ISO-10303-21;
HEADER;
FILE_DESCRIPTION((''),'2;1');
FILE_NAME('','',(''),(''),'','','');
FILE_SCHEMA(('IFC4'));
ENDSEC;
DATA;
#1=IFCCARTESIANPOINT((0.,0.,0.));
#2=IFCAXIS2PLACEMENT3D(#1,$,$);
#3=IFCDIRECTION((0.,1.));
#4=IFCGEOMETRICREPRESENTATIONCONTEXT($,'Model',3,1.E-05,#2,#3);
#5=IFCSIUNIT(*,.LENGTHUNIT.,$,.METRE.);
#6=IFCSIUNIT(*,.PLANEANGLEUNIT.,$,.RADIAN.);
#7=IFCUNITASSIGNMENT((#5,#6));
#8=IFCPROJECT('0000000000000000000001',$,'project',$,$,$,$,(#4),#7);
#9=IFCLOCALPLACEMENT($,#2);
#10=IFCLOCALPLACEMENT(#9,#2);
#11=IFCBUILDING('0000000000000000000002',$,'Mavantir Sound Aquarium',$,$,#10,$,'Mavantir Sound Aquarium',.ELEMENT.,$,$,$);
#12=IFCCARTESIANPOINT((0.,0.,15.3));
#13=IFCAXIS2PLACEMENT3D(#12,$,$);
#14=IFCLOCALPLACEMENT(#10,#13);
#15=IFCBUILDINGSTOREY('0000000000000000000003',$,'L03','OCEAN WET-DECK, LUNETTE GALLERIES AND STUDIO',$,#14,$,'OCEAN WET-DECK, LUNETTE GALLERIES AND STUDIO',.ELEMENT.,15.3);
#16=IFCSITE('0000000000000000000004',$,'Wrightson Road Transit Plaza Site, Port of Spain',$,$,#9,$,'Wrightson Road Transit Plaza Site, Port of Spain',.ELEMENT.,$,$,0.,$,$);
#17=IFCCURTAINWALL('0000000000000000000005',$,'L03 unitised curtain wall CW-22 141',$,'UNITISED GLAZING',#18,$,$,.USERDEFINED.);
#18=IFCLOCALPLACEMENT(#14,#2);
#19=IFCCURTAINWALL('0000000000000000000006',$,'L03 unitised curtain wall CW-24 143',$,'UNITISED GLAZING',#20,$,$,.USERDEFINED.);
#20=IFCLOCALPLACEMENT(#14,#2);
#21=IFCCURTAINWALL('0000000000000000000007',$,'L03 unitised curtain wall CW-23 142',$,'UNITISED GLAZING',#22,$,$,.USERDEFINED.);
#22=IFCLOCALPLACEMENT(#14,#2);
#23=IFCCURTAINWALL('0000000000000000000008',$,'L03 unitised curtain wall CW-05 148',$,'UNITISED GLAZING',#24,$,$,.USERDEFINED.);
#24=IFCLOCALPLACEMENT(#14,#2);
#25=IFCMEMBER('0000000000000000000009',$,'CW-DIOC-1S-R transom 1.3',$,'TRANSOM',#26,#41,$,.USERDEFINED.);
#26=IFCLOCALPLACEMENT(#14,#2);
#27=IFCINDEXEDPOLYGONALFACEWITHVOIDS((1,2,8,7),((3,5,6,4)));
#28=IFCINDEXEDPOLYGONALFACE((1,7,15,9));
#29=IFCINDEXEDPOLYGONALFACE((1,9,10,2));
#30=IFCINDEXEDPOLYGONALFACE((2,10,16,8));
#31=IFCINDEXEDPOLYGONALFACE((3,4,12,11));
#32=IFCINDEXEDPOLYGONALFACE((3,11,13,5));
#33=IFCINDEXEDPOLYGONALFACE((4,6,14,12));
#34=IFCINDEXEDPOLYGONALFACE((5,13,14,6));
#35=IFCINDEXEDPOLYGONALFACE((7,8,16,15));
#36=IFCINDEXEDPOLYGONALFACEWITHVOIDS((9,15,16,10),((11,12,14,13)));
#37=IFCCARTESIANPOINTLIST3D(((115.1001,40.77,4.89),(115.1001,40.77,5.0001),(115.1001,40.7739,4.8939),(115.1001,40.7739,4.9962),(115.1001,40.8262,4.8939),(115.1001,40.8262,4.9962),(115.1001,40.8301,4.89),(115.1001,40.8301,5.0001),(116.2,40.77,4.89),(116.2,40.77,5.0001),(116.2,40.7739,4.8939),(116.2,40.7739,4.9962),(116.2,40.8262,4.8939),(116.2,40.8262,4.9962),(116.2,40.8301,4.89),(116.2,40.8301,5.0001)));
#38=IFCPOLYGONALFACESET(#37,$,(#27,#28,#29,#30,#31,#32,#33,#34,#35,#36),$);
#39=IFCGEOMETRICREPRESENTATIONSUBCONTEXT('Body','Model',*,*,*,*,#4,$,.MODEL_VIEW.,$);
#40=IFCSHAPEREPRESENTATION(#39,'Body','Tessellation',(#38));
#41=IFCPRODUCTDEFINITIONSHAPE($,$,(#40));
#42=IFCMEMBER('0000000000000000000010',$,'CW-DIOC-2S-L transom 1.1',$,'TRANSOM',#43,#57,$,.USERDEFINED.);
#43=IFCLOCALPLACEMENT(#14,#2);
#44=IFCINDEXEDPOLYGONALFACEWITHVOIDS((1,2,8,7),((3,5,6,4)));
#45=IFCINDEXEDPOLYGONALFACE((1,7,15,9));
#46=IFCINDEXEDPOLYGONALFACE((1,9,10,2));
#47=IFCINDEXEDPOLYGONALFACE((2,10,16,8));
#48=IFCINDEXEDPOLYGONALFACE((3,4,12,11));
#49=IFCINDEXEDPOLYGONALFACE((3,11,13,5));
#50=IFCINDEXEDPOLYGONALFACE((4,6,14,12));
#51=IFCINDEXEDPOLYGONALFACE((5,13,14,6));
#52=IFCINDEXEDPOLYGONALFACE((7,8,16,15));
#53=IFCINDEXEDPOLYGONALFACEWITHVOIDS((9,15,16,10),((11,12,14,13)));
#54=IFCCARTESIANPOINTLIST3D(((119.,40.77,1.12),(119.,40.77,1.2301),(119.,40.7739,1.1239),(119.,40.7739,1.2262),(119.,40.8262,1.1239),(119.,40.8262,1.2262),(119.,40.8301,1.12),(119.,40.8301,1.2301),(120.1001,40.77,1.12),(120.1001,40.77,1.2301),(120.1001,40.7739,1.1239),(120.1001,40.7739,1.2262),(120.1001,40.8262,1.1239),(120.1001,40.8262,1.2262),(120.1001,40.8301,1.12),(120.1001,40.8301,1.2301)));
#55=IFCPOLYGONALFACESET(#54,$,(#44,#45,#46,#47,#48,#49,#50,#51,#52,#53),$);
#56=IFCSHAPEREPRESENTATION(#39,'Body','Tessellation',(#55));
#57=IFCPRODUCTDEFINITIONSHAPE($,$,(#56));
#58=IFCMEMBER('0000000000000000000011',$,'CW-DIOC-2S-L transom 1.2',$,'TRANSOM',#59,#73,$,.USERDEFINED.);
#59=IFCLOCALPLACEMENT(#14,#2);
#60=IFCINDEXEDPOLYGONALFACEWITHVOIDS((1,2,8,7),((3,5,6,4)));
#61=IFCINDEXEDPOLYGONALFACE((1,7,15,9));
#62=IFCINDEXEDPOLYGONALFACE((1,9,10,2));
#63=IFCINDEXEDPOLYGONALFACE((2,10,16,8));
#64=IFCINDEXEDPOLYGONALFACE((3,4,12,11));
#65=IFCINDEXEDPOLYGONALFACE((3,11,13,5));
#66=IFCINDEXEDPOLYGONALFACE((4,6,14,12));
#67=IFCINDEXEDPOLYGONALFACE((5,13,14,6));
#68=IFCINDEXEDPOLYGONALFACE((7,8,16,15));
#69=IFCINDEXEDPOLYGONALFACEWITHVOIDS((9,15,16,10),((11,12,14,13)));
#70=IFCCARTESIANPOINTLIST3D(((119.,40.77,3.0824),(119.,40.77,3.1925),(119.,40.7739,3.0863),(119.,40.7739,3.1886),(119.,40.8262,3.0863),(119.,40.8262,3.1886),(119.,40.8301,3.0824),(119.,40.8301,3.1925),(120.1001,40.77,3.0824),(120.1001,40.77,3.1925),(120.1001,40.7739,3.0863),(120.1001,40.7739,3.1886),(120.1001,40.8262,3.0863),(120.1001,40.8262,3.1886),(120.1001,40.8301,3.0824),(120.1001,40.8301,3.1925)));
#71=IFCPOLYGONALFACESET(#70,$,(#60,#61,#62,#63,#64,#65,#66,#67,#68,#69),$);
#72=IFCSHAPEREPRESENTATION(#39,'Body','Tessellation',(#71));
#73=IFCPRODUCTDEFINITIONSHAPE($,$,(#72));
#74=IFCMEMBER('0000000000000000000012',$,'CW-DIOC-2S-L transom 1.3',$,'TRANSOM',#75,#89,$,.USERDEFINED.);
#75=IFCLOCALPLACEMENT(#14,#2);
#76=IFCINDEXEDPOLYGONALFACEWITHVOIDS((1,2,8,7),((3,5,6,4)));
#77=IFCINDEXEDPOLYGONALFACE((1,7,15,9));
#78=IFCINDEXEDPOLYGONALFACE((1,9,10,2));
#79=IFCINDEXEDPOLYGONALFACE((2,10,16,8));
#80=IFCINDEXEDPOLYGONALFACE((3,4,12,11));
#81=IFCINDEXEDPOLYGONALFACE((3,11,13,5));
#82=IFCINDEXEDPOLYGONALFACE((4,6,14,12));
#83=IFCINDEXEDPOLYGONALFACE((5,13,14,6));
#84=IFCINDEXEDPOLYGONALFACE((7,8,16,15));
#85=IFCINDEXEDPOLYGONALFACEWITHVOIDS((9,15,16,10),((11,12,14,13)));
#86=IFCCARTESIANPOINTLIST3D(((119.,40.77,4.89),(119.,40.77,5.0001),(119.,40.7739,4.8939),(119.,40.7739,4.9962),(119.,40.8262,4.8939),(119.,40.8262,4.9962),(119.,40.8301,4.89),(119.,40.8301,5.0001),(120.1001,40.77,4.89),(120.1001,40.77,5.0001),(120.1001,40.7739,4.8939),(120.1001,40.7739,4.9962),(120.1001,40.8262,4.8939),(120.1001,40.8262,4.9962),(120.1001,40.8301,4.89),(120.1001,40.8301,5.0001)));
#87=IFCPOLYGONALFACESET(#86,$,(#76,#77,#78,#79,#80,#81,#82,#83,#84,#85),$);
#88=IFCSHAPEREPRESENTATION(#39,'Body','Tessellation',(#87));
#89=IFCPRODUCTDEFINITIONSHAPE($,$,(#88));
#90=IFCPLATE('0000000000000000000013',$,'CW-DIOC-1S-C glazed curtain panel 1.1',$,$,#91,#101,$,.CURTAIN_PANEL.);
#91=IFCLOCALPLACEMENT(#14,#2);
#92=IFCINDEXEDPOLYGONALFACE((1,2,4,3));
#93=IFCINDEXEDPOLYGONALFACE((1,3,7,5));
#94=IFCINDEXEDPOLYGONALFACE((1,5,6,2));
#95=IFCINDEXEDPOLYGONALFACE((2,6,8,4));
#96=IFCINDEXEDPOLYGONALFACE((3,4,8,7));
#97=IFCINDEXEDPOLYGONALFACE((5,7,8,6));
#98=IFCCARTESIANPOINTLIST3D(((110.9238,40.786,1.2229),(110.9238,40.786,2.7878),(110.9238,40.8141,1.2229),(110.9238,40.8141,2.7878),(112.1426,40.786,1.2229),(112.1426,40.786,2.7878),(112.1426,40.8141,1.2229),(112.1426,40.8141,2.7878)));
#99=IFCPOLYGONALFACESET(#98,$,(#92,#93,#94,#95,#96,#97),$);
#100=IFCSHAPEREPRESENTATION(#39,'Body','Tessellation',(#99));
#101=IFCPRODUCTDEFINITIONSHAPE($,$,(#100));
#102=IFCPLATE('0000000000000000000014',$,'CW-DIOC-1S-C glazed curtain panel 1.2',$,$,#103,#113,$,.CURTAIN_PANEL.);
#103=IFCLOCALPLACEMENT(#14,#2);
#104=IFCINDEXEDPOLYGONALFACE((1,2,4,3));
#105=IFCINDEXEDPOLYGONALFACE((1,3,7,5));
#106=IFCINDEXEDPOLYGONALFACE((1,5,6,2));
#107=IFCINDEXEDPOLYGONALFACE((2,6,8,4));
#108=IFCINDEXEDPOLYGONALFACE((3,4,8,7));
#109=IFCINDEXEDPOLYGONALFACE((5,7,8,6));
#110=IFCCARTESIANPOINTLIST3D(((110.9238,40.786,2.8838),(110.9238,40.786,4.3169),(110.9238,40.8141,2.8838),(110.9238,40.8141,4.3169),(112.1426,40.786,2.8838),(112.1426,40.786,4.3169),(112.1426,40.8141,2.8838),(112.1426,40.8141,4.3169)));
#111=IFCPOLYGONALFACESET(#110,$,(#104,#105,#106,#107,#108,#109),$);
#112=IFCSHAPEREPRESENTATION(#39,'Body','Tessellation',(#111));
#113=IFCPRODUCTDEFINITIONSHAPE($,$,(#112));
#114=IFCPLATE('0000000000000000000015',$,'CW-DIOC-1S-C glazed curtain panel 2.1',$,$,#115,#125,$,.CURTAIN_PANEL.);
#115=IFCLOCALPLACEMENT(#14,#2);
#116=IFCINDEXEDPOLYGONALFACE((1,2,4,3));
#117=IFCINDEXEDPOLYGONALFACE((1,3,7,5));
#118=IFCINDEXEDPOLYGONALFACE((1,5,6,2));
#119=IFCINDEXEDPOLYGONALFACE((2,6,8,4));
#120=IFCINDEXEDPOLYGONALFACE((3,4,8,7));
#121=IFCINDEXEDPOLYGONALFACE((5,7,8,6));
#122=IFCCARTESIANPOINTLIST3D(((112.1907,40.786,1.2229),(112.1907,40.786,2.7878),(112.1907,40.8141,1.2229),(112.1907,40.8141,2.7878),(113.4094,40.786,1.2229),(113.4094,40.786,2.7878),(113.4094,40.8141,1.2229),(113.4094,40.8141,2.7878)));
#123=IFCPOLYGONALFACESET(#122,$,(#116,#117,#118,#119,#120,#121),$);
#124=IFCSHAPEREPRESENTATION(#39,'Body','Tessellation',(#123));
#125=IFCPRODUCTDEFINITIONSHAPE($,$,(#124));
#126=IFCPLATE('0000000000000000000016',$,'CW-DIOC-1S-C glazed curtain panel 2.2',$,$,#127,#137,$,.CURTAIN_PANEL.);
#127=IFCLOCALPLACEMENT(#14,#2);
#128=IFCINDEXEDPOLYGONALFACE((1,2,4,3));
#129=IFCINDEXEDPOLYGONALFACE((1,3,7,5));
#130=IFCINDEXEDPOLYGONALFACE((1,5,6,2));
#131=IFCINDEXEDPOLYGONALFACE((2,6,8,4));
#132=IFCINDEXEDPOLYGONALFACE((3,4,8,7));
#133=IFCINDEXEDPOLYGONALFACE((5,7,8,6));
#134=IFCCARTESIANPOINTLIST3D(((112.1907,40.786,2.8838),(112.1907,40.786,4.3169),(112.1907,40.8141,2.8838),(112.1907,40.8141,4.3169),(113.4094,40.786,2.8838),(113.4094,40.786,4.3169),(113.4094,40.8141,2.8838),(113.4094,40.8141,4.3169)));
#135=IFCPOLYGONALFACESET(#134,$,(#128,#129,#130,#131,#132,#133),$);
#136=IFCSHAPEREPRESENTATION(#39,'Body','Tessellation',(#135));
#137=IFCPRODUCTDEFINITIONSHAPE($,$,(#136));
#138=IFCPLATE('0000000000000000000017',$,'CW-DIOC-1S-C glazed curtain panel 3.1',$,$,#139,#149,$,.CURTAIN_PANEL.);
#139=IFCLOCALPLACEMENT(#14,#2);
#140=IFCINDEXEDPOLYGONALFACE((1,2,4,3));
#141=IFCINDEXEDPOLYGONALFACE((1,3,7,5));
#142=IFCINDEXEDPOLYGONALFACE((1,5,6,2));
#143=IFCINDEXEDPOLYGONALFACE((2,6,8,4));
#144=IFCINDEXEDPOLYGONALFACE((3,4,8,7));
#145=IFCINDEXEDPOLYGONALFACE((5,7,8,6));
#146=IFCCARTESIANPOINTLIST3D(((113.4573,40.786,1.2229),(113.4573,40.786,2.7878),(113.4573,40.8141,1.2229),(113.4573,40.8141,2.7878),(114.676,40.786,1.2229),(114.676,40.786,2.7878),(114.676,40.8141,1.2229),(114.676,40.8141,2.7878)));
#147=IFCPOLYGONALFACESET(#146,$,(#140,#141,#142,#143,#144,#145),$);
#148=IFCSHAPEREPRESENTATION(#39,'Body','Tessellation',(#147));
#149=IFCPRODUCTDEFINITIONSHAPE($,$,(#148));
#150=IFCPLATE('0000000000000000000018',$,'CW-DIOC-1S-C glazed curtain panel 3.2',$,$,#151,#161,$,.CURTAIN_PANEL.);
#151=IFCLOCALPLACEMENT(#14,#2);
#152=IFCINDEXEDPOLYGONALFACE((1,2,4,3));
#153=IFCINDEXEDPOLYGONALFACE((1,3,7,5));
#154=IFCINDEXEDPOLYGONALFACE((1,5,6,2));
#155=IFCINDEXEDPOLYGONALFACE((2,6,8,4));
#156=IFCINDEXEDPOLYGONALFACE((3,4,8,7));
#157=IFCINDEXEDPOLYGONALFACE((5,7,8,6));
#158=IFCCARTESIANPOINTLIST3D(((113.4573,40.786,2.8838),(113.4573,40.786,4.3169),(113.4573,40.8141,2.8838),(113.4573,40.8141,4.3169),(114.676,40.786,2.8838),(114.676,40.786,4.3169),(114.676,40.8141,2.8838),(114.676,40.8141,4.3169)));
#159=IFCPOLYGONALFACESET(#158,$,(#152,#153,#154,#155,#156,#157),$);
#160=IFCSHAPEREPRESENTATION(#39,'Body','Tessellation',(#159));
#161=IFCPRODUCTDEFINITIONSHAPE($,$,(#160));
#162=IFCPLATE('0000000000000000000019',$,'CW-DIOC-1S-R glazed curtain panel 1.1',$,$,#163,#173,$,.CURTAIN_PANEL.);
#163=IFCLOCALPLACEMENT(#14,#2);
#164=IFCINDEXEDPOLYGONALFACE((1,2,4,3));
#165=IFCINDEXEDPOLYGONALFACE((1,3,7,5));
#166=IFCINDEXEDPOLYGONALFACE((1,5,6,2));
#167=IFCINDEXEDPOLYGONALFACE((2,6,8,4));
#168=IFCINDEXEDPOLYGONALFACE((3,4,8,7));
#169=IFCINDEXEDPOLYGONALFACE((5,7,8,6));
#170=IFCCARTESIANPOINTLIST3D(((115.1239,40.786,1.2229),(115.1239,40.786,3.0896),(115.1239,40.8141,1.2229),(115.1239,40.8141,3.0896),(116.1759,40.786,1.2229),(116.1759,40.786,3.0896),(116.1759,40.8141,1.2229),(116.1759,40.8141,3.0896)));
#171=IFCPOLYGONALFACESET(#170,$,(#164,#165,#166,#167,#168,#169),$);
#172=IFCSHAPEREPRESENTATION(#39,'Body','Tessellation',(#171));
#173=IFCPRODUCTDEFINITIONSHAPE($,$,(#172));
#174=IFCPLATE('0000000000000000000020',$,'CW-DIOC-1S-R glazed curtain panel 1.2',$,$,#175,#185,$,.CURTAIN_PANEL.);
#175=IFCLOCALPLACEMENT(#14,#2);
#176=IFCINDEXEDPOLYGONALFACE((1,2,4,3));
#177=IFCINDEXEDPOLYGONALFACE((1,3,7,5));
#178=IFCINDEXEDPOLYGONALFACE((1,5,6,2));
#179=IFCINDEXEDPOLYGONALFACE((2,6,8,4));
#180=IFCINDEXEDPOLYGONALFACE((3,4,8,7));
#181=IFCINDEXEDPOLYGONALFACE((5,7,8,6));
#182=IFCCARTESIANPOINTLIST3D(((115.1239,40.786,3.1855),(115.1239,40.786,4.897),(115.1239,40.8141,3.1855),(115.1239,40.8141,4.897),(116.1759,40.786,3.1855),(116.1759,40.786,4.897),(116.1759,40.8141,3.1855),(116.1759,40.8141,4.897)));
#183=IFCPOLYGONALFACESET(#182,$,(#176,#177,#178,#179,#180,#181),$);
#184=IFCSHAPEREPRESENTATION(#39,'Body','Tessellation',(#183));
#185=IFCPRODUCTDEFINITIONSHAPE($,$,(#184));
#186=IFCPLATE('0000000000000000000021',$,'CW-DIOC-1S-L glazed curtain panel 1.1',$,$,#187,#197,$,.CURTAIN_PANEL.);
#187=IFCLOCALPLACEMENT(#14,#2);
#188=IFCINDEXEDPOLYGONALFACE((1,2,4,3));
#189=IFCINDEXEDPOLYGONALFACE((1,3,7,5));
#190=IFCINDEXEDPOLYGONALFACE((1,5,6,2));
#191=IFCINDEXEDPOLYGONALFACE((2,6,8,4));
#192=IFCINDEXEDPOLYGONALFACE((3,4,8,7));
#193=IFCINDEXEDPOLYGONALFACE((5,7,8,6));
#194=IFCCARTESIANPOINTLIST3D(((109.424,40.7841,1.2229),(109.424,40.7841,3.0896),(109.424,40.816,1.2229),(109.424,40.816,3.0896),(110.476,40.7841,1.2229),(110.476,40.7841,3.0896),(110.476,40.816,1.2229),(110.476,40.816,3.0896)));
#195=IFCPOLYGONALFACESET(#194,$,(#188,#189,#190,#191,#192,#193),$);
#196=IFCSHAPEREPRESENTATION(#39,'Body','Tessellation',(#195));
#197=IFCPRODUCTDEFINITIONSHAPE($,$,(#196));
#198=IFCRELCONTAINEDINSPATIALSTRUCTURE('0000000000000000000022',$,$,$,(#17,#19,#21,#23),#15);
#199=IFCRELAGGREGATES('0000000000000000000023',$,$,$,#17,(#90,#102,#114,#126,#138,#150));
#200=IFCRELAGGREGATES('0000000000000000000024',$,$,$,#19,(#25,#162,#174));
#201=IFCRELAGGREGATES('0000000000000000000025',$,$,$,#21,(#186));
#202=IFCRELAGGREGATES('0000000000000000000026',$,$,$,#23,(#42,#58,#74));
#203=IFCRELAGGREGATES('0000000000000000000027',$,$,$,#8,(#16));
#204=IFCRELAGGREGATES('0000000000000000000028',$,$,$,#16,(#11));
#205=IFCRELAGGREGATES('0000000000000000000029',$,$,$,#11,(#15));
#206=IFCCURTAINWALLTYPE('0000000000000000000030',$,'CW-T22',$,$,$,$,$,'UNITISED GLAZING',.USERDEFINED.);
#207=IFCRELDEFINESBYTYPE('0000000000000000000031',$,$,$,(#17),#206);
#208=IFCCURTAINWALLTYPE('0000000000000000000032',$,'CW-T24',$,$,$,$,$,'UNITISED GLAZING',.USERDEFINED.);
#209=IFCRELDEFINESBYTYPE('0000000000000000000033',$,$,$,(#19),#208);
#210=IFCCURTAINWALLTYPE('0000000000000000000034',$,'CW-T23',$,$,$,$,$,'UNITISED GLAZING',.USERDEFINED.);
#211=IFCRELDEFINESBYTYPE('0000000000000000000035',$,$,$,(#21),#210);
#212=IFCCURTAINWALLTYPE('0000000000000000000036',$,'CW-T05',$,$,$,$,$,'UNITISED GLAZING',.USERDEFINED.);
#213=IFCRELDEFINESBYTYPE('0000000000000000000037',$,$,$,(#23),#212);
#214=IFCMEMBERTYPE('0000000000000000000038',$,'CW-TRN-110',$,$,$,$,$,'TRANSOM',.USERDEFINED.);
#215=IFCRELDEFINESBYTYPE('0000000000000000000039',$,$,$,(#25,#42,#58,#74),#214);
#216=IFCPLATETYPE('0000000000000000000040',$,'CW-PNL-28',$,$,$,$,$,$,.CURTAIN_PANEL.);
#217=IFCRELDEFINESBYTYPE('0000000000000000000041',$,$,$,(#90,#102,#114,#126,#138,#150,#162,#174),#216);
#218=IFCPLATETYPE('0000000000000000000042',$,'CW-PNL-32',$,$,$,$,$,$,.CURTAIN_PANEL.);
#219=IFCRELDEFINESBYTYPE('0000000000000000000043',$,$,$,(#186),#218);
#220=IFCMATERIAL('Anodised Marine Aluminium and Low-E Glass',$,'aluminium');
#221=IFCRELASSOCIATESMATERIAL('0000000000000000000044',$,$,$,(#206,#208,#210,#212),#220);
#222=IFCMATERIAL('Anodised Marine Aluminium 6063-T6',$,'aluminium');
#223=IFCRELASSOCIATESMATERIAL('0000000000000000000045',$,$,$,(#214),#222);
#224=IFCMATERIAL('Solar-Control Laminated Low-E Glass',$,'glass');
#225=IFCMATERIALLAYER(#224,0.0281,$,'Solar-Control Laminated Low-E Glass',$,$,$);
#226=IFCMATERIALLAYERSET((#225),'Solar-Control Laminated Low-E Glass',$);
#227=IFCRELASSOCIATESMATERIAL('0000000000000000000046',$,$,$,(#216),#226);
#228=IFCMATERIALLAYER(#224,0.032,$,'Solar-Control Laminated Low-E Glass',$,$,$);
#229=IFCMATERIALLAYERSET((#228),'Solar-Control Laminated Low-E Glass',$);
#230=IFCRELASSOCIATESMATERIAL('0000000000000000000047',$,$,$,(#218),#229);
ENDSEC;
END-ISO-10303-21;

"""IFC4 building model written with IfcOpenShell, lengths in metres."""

from ifc_helpers import new_model, si_unit, direction, frame, origin, origin_2d, place, context, subcontext, project, spatial, rectangle, hollow_rectangle, extrude, material, layer, layer_set, material_profile, profile_set, type_object, element, aggregate, save


model = new_model("IFC4")

# Units and contexts
model_context = context("Model", 3, precision=1e-05, world=origin(), true_north=direction((0.0, 1.0)))
body_context = subcontext(model_context, "Body", "Model", "MODEL_VIEW")
ifc_project = project(units=[si_unit("LENGTHUNIT", "METRE"), si_unit("PLANEANGLEUNIT", "RADIAN")], contexts=[model_context])

# Site, building, storey
site_placement = place(None, origin())
site = spatial("IfcSite", under=ifc_project, at=site_placement, Name="Wrightson Road Transit Plaza Site, Port of Spain", LongName="Wrightson Road Transit Plaza Site, Port of Spain", CompositionType="ELEMENT", RefElevation=0.0)
building_placement = place(site_placement, origin())
building = spatial("IfcBuilding", under=site, at=building_placement, Name="Mavantir Sound Aquarium", LongName="Mavantir Sound Aquarium", CompositionType="ELEMENT")
storey_placement = place(building_placement, frame((0.0, 0.0, 15.3)))
storey = spatial("IfcBuildingStorey", under=building, at=storey_placement, Name="L03", Description="OCEAN WET-DECK, LUNETTE GALLERIES AND STUDIO", LongName="OCEAN WET-DECK, LUNETTE GALLERIES AND STUDIO", CompositionType="ELEMENT", Elevation=15.3)

# Curtain walls
ifc_material_1 = material(Name="Anodised Marine Aluminium and Low-E Glass", Category="aluminium")
curtain_wall_type_1 = type_object("IfcCurtainWallType", Name="CW-T22", ElementType="UNITISED GLAZING", PredefinedType="USERDEFINED", material=ifc_material_1)
curtain_wall_1_placement = place(storey_placement, origin())
curtain_wall_1 = element("IfcCurtainWall", 1, at=curtain_wall_1_placement, inside=storey, type_object=curtain_wall_type_1, Name="L03 unitised curtain wall CW-22 141", ObjectType="UNITISED GLAZING", PredefinedType="USERDEFINED")
ifc_material_2 = material(Name="Anodised Marine Aluminium 6063-T6", Category="aluminium")
curtain_wall_type_2 = type_object("IfcCurtainWallType", Name="CW-T24", ElementType="UNITISED GLAZING", PredefinedType="USERDEFINED", material=ifc_material_1)
curtain_wall_2_placement = place(storey_placement, origin())
curtain_wall_2 = element("IfcCurtainWall", 2, at=curtain_wall_2_placement, inside=storey, type_object=curtain_wall_type_2, Name="L03 unitised curtain wall CW-24 143", ObjectType="UNITISED GLAZING", PredefinedType="USERDEFINED")

# Curtain wall
curtain_wall_type_3 = type_object("IfcCurtainWallType", Name="CW-T23", ElementType="UNITISED GLAZING", PredefinedType="USERDEFINED", material=ifc_material_1)
curtain_wall_3_placement = place(storey_placement, origin())
curtain_wall_3 = element("IfcCurtainWall", 3, at=curtain_wall_3_placement, inside=storey, type_object=curtain_wall_type_3, Name="L03 unitised curtain wall CW-23 142", ObjectType="UNITISED GLAZING", PredefinedType="USERDEFINED")

# Curtain wall
curtain_wall_type_4 = type_object("IfcCurtainWallType", Name="CW-T05", ElementType="UNITISED GLAZING", PredefinedType="USERDEFINED", material=ifc_material_1)
curtain_wall_4_placement = place(storey_placement, origin())
curtain_wall_4 = element("IfcCurtainWall", 4, at=curtain_wall_4_placement, inside=storey, type_object=curtain_wall_type_4, Name="L03 unitised curtain wall CW-05 148", ObjectType="UNITISED GLAZING", PredefinedType="USERDEFINED")

# Members
ifc_material_profile_1 = material_profile(ifc_material_2, hollow_rectangle(XDim=0.0601, YDim=0.1101, WallThickness=0.0039, at=origin_2d()), Name="ALU-TRANSOM-110X60")
ifc_profile_set_1 = profile_set([ifc_material_profile_1], Name="Anodised Marine Aluminium 6063-T6")
member_type_1 = type_object("IfcMemberType", Name="CW-TRN-110", ElementType="TRANSOM", PredefinedType="USERDEFINED", material=ifc_profile_set_1)
member_1_placement = place(storey_placement, frame((115.1001, 40.8, 4.9451), z_axis=(1.0, 0.0, 0.0), x_axis=(0.0, 1.0, 0.0)))
member_1 = element("IfcMember", 5, at=member_1_placement, type_object=member_type_1, Name="CW-DIOC-1S-R transom 1.3", ObjectType="TRANSOM", PredefinedType="USERDEFINED", context=body_context, shape_type="SweptSolid", body=[
    extrude(hollow_rectangle(XDim=0.0601, YDim=0.1101, WallThickness=0.0039, at=origin_2d()), origin(), (0.0, 0.0, 1.0), 1.0999),
])
member_2_placement = place(storey_placement, frame((119.0, 40.8, 1.175), z_axis=(1.0, 0.0, 0.0), x_axis=(0.0, 1.0, 0.0)))
member_2 = element("IfcMember", 6, at=member_2_placement, type_object=member_type_1, Name="CW-DIOC-2S-L transom 1.1", ObjectType="TRANSOM", PredefinedType="USERDEFINED", context=body_context, shape_type="SweptSolid", body=[
    extrude(hollow_rectangle(XDim=0.0601, YDim=0.1101, WallThickness=0.0039, at=origin_2d()), origin(), (0.0, 0.0, 1.0), 1.1001),
])
member_3_placement = place(storey_placement, frame((119.0, 40.8, 3.1375), z_axis=(1.0, 0.0, 0.0), x_axis=(0.0, 1.0, 0.0)))
member_3 = element("IfcMember", 7, at=member_3_placement, type_object=member_type_1, Name="CW-DIOC-2S-L transom 1.2", ObjectType="TRANSOM", PredefinedType="USERDEFINED", context=body_context, shape_type="SweptSolid", body=[
    extrude(hollow_rectangle(XDim=0.0601, YDim=0.1101, WallThickness=0.0039, at=origin_2d()), origin(), (0.0, 0.0, 1.0), 1.1001),
])
member_4_placement = place(storey_placement, frame((119.0, 40.8, 4.9451), z_axis=(1.0, 0.0, 0.0), x_axis=(0.0, 1.0, 0.0)))
member_4 = element("IfcMember", 8, at=member_4_placement, type_object=member_type_1, Name="CW-DIOC-2S-L transom 1.3", ObjectType="TRANSOM", PredefinedType="USERDEFINED", context=body_context, shape_type="SweptSolid", body=[
    extrude(hollow_rectangle(XDim=0.0601, YDim=0.1101, WallThickness=0.0039, at=origin_2d()), origin(), (0.0, 0.0, 1.0), 1.1001),
])

# Plates
ifc_material_3 = material(Name="Solar-Control Laminated Low-E Glass", Category="glass")
ifc_layer_1 = layer(ifc_material_3, 0.0281, Name="Solar-Control Laminated Low-E Glass")
ifc_layer_set_1 = layer_set([ifc_layer_1], Name="Solar-Control Laminated Low-E Glass")
plate_type_1 = type_object("IfcPlateType", Name="CW-PNL-28", PredefinedType="CURTAIN_PANEL", material=ifc_layer_set_1)
plate_1_placement = place(storey_placement, frame((111.5332, 40.8, 1.2229), z_axis=(0.0, 0.0, 1.0), x_axis=(1.0, 0.0, 0.0)))
plate_1 = element("IfcPlate", 9, at=plate_1_placement, type_object=plate_type_1, Name="CW-DIOC-1S-C glazed curtain panel 1.1", PredefinedType="CURTAIN_PANEL", context=body_context, shape_type="SweptSolid", body=[
    extrude(rectangle(XDim=1.2188, YDim=0.0281, at=origin_2d()), origin(), (0.0, 0.0, 1.0), 1.5649),
])
plate_2_placement = place(storey_placement, frame((111.5332, 40.8, 2.8838), z_axis=(0.0, 0.0, 1.0), x_axis=(1.0, 0.0, 0.0)))
plate_2 = element("IfcPlate", 10, at=plate_2_placement, type_object=plate_type_1, Name="CW-DIOC-1S-C glazed curtain panel 1.2", PredefinedType="CURTAIN_PANEL", context=body_context, shape_type="SweptSolid", body=[
    extrude(rectangle(XDim=1.2188, YDim=0.0281, at=origin_2d()), origin(), (0.0, 0.0, 1.0), 1.4331),
])
plate_3_placement = place(storey_placement, frame((112.8, 40.8, 1.2229), z_axis=(0.0, 0.0, 1.0), x_axis=(1.0, 0.0, 0.0)))
plate_3 = element("IfcPlate", 11, at=plate_3_placement, type_object=plate_type_1, Name="CW-DIOC-1S-C glazed curtain panel 2.1", PredefinedType="CURTAIN_PANEL", context=body_context, shape_type="SweptSolid", body=[
    extrude(rectangle(XDim=1.2188, YDim=0.0281, at=origin_2d()), origin(), (0.0, 0.0, 1.0), 1.5649),
])
plate_4_placement = place(storey_placement, frame((112.8, 40.8, 2.8838), z_axis=(0.0, 0.0, 1.0), x_axis=(1.0, 0.0, 0.0)))
plate_4 = element("IfcPlate", 12, at=plate_4_placement, type_object=plate_type_1, Name="CW-DIOC-1S-C glazed curtain panel 2.2", PredefinedType="CURTAIN_PANEL", context=body_context, shape_type="SweptSolid", body=[
    extrude(rectangle(XDim=1.2188, YDim=0.0281, at=origin_2d()), origin(), (0.0, 0.0, 1.0), 1.4331),
])
plate_5_placement = place(storey_placement, frame((114.0667, 40.8, 1.2229), z_axis=(0.0, 0.0, 1.0), x_axis=(1.0, 0.0, 0.0)))
plate_5 = element("IfcPlate", 13, at=plate_5_placement, type_object=plate_type_1, Name="CW-DIOC-1S-C glazed curtain panel 3.1", PredefinedType="CURTAIN_PANEL", context=body_context, shape_type="SweptSolid", body=[
    extrude(rectangle(XDim=1.2188, YDim=0.0281, at=origin_2d()), origin(), (0.0, 0.0, 1.0), 1.5649),
])
plate_6_placement = place(storey_placement, frame((114.0667, 40.8, 2.8838), z_axis=(0.0, 0.0, 1.0), x_axis=(1.0, 0.0, 0.0)))
plate_6 = element("IfcPlate", 14, at=plate_6_placement, type_object=plate_type_1, Name="CW-DIOC-1S-C glazed curtain panel 3.2", PredefinedType="CURTAIN_PANEL", context=body_context, shape_type="SweptSolid", body=[
    extrude(rectangle(XDim=1.2188, YDim=0.0281, at=origin_2d()), origin(), (0.0, 0.0, 1.0), 1.4331),
])
aggregate(curtain_wall_1, [plate_1, plate_2, plate_3, plate_4, plate_5, plate_6])
plate_7_placement = place(storey_placement, frame((115.6499, 40.8, 1.2229), z_axis=(0.0, 0.0, 1.0), x_axis=(1.0, 0.0, 0.0)))
plate_7 = element("IfcPlate", 15, at=plate_7_placement, type_object=plate_type_1, Name="CW-DIOC-1S-R glazed curtain panel 1.1", PredefinedType="CURTAIN_PANEL", context=body_context, shape_type="SweptSolid", body=[
    extrude(rectangle(XDim=1.052, YDim=0.0281, at=origin_2d()), origin(), (0.0, 0.0, 1.0), 1.8667),
])
plate_8_placement = place(storey_placement, frame((115.6499, 40.8, 3.1855), z_axis=(0.0, 0.0, 1.0), x_axis=(1.0, 0.0, 0.0)))
plate_8 = element("IfcPlate", 16, at=plate_8_placement, type_object=plate_type_1, Name="CW-DIOC-1S-R glazed curtain panel 1.2", PredefinedType="CURTAIN_PANEL", context=body_context, shape_type="SweptSolid", body=[
    extrude(rectangle(XDim=1.052, YDim=0.0281, at=origin_2d()), origin(), (0.0, 0.0, 1.0), 1.7114),
])
aggregate(curtain_wall_2, [member_1, plate_7, plate_8])
ifc_layer_2 = layer(ifc_material_3, 0.032, Name="Solar-Control Laminated Low-E Glass")
ifc_layer_set_2 = layer_set([ifc_layer_2], Name="Solar-Control Laminated Low-E Glass")
plate_type_2 = type_object("IfcPlateType", Name="CW-PNL-32", PredefinedType="CURTAIN_PANEL", material=ifc_layer_set_2)
plate_9_placement = place(storey_placement, frame((109.95, 40.8, 1.2229), z_axis=(0.0, 0.0, 1.0), x_axis=(1.0, 0.0, 0.0)))
plate_9 = element("IfcPlate", 17, at=plate_9_placement, type_object=plate_type_2, Name="CW-DIOC-1S-L glazed curtain panel 1.1", PredefinedType="CURTAIN_PANEL", context=body_context, shape_type="SweptSolid", body=[
    extrude(rectangle(XDim=1.052, YDim=0.032, at=origin_2d()), origin(), (0.0, 0.0, 1.0), 1.8667),
])
aggregate(curtain_wall_3, [plate_9])
aggregate(curtain_wall_4, [member_2, member_3, member_4])

save(model, "model.ifc")
